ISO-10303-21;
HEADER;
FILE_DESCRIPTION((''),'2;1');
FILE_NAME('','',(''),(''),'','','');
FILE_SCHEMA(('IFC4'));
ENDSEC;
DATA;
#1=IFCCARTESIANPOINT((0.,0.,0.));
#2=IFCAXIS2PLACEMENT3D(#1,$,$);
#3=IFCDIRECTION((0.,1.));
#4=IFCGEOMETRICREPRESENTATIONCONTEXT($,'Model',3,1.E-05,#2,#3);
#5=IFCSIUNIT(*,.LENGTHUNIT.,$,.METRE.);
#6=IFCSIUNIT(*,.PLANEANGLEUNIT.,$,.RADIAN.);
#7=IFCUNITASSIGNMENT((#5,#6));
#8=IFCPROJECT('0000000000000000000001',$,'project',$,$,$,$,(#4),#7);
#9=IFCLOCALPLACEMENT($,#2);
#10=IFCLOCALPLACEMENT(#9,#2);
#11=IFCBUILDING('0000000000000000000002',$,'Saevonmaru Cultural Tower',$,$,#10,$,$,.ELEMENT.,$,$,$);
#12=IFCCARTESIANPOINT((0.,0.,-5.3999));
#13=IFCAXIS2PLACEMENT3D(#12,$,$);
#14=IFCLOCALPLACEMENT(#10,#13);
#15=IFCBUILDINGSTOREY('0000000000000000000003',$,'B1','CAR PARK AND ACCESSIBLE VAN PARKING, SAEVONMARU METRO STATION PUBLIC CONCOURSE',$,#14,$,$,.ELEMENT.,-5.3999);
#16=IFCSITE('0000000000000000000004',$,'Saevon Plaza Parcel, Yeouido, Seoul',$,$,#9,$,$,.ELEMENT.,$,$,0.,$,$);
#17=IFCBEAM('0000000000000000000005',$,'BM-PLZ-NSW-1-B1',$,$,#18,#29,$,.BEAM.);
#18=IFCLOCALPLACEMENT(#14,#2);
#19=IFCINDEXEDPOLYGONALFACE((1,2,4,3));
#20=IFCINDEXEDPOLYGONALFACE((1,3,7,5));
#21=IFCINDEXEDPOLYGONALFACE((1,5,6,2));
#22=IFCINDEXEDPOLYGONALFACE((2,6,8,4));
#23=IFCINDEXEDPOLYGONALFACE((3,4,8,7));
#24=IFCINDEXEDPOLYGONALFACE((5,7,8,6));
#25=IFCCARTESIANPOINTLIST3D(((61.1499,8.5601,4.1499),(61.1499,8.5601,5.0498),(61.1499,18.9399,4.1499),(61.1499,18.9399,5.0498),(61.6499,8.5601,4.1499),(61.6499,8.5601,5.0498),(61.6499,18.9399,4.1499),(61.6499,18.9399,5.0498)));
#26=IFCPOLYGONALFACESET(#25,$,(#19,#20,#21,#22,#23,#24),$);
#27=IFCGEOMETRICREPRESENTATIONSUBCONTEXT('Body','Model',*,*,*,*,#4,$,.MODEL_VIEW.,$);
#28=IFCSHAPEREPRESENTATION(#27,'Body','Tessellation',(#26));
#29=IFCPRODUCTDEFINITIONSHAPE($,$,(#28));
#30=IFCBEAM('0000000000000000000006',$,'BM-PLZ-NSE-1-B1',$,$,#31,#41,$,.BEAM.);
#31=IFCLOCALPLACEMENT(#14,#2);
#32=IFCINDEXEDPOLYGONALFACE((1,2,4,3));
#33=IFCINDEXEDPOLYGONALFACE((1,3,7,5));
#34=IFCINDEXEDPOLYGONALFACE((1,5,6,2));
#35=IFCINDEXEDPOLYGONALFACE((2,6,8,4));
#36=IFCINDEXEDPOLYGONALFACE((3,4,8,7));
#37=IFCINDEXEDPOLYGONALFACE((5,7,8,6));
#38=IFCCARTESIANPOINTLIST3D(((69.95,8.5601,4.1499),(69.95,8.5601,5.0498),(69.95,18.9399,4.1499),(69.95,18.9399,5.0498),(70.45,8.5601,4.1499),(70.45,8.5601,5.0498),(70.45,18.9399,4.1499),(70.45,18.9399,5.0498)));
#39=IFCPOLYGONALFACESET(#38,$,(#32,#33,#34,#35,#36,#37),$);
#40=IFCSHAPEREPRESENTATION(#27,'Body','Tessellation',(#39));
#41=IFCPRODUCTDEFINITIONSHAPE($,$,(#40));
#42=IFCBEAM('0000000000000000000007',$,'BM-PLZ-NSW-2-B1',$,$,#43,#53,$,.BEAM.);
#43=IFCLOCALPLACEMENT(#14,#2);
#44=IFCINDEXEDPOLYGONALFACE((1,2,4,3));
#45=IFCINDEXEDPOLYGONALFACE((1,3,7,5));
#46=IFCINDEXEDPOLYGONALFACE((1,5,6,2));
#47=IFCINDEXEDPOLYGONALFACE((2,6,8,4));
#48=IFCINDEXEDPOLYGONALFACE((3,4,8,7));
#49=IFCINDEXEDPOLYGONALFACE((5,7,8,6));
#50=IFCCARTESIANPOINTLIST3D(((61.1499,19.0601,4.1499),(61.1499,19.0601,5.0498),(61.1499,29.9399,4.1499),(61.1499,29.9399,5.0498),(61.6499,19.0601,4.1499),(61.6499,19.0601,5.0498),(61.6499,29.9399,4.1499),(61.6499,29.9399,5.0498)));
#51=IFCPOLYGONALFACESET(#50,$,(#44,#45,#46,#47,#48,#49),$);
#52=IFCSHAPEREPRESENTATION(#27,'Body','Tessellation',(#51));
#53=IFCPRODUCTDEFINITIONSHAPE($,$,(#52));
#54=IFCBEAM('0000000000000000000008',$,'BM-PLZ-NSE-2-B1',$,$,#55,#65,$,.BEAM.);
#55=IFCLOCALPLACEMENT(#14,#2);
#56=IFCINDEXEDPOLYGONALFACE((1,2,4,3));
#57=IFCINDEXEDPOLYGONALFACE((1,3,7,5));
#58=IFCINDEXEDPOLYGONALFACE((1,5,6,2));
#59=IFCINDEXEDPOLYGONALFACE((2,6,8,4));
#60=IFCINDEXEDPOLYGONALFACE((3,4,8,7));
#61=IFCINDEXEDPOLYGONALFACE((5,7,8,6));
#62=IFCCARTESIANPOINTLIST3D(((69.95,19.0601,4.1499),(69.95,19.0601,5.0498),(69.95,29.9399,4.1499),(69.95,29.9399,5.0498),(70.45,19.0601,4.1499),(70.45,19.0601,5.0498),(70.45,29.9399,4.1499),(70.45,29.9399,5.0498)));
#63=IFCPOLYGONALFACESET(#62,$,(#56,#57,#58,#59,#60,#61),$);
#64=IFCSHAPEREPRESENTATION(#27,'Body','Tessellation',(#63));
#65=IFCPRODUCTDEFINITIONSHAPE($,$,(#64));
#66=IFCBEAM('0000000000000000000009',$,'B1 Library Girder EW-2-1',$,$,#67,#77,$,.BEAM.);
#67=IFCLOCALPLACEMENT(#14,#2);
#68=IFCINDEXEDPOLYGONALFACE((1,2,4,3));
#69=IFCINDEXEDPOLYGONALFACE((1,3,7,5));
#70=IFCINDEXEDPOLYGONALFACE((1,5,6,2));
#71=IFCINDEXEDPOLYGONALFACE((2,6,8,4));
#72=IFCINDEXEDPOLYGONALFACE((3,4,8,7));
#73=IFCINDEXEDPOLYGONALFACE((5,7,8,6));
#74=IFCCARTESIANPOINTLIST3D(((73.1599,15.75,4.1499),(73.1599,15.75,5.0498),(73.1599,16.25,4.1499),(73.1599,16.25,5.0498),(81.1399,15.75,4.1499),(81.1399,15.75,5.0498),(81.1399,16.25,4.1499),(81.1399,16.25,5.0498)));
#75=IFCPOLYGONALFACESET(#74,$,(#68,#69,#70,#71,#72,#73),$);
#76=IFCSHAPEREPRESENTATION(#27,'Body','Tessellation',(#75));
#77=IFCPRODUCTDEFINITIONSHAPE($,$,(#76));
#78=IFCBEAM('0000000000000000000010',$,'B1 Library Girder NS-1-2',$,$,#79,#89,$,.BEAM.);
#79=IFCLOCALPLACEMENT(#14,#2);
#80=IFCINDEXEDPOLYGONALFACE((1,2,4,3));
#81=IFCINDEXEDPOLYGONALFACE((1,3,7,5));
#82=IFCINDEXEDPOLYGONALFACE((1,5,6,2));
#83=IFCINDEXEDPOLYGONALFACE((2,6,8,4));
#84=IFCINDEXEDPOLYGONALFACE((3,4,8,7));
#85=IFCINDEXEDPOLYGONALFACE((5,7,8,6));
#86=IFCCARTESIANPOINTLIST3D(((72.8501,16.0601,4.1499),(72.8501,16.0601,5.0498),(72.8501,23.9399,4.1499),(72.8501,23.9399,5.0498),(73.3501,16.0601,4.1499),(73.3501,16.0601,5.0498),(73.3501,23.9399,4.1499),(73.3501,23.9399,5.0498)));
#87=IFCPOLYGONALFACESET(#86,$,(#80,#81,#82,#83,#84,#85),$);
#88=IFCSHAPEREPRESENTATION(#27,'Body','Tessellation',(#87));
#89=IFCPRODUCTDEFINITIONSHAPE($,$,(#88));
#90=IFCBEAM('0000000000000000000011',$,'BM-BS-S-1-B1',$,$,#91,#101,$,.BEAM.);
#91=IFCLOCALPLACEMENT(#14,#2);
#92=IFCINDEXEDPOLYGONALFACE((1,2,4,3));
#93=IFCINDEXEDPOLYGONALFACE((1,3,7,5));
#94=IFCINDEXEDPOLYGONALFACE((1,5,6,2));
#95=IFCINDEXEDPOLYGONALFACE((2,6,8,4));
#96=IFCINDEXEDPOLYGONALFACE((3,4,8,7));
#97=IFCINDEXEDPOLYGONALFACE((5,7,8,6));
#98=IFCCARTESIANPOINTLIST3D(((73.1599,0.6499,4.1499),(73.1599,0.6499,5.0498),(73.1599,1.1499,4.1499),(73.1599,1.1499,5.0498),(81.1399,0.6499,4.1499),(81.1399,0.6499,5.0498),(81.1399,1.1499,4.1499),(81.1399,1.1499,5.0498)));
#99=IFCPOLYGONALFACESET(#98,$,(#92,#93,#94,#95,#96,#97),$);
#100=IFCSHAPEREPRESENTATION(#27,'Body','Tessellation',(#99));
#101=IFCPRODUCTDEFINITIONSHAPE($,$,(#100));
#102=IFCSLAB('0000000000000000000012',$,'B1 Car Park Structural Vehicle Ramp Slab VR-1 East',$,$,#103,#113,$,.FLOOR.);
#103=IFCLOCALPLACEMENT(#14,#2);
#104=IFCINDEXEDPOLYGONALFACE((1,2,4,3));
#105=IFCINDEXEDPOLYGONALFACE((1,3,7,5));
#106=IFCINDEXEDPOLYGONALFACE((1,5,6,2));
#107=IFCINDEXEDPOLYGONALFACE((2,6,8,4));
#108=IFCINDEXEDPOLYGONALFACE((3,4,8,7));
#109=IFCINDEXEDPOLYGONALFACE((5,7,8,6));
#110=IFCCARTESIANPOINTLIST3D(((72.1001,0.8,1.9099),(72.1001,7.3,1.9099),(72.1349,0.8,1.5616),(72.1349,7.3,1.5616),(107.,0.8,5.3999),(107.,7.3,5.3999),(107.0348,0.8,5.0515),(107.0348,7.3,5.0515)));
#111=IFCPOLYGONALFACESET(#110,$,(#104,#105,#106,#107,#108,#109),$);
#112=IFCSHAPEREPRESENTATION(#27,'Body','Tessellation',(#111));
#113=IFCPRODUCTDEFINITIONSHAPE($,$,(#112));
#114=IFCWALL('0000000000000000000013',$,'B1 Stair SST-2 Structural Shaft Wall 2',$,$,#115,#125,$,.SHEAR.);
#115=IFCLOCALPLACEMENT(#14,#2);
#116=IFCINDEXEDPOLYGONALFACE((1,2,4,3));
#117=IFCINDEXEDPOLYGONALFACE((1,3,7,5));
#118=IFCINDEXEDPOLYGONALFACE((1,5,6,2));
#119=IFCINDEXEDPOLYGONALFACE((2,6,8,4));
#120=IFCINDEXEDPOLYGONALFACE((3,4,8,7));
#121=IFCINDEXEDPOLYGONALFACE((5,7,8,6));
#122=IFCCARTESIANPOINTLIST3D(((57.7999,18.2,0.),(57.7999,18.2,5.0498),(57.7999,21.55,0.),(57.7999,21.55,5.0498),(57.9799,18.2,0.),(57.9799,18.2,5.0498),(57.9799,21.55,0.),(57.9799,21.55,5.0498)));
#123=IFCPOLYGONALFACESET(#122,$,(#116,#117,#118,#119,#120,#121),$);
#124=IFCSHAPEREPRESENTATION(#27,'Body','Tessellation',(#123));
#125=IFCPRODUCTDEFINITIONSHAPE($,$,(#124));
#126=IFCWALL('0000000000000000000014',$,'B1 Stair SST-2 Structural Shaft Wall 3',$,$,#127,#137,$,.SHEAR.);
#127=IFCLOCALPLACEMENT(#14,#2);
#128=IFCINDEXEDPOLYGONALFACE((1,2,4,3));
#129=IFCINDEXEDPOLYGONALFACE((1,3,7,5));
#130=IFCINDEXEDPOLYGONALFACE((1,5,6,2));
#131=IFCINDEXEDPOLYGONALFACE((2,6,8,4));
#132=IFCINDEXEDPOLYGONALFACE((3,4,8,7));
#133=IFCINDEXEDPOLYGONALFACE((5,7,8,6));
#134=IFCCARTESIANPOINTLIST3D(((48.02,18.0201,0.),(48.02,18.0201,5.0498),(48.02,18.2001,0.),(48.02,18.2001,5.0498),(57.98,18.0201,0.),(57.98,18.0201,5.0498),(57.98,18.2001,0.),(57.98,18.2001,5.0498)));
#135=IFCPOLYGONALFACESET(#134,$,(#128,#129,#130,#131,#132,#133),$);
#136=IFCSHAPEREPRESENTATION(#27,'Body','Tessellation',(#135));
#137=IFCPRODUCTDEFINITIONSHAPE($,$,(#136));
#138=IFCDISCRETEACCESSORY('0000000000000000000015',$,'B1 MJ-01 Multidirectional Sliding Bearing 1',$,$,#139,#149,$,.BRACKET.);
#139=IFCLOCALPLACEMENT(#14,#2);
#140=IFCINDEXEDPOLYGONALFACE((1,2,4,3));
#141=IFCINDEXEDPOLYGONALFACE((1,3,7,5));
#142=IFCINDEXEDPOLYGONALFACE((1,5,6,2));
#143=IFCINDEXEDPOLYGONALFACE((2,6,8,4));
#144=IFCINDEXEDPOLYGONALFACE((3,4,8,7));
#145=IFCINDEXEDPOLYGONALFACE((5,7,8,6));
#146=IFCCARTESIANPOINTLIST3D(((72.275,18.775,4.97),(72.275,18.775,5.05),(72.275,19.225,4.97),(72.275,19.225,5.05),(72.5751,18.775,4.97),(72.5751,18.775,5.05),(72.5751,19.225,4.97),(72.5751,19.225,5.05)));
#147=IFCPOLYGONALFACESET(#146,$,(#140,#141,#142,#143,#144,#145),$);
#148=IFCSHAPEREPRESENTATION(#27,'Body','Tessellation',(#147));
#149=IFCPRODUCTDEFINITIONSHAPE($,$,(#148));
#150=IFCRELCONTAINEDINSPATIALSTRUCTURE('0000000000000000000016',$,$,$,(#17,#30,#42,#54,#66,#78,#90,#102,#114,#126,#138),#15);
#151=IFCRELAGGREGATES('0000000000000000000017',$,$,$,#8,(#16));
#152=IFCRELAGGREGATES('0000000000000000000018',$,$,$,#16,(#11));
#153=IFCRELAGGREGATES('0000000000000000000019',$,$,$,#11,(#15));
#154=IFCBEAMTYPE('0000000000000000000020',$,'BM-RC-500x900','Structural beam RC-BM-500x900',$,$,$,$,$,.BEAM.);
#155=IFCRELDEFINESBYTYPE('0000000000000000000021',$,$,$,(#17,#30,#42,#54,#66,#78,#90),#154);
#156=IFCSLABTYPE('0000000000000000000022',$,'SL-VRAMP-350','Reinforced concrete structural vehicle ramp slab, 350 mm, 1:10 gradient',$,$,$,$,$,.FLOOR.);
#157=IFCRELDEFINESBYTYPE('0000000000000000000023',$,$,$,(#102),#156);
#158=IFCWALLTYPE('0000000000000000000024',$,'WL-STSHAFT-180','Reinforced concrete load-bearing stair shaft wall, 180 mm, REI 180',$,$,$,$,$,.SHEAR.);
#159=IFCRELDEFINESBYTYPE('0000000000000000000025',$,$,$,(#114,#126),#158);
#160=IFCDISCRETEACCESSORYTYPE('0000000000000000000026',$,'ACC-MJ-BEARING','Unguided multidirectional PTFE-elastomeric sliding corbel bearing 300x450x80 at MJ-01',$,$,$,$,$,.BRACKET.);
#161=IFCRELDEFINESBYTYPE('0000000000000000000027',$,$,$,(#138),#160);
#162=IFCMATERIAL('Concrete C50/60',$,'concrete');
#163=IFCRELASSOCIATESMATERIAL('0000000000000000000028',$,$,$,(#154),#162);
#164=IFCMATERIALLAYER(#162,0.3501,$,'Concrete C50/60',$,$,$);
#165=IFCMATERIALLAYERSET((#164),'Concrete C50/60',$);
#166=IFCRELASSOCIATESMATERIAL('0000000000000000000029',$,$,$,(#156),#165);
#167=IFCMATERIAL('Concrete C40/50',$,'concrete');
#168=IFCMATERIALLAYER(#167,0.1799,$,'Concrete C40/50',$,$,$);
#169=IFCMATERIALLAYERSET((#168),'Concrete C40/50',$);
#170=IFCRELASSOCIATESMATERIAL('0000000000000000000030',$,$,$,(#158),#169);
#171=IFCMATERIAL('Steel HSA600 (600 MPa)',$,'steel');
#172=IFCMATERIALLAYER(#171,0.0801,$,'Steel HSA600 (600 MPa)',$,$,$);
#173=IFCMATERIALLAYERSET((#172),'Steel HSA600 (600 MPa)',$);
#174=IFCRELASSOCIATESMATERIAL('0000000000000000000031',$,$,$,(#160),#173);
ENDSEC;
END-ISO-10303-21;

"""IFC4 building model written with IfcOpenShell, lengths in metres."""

from ifc_helpers import new_model, si_unit, direction, frame, frame_2d, origin, origin_2d, place, context, subcontext, project, spatial, polyline, rectangle, outline, extrude, material, layer, layer_set, material_profile, profile_set, type_object, element, save


model = new_model("IFC4")

# Units and contexts
model_context = context("Model", 3, precision=1e-05, world=origin(), true_north=direction((0.0, 1.0)))
body_context = subcontext(model_context, "Body", "Model", "MODEL_VIEW")
ifc_project = project(units=[si_unit("LENGTHUNIT", "METRE"), si_unit("PLANEANGLEUNIT", "RADIAN")], contexts=[model_context])

# Site, building, storey
site_placement = place(None, origin())
site = spatial("IfcSite", under=ifc_project, at=site_placement, Name="Saevon Plaza Parcel, Yeouido, Seoul", CompositionType="ELEMENT", RefElevation=0.0)
building_placement = place(site_placement, origin())
building = spatial("IfcBuilding", under=site, at=building_placement, Name="Saevonmaru Cultural Tower", CompositionType="ELEMENT")
storey_placement = place(building_placement, frame((0.0, 0.0, -5.3999)))
storey = spatial("IfcBuildingStorey", under=building, at=storey_placement, Name="B1", Description="CAR PARK AND ACCESSIBLE VAN PARKING, SAEVONMARU METRO STATION PUBLIC CONCOURSE", CompositionType="ELEMENT", Elevation=-5.3999)

# Shared definitions
ifc_material_1 = material(Name="Concrete C50/60", Category="concrete")

# Beams
ifc_material_profile_1 = material_profile(ifc_material_1, rectangle(XDim=0.5, YDim=0.8999, at=origin_2d()), Name="RC-BM-500x900")
ifc_profile_set_1 = profile_set([ifc_material_profile_1], Name="Concrete C50/60")
beam_type_1 = type_object("IfcBeamType", Name="BM-RC-500x900", Description="Structural beam RC-BM-500x900", PredefinedType="BEAM", material=ifc_profile_set_1)
for number, where, z_axis, x_axis, name in (
    (1, (61.3999, 8.5601, 4.5999), (0.0, 1.0, 0.0), (-1.0, 0.0, 0.0), "BM-PLZ-NSW-1-B1"),
    (2, (70.2, 8.5601, 4.5999), (0.0, 1.0, 0.0), (-1.0, 0.0, 0.0), "BM-PLZ-NSE-1-B1"),
):
    element("IfcBeam", number, at=place(storey_placement, frame(where, z_axis=z_axis, x_axis=x_axis)), inside=storey, type_object=beam_type_1, Name=name, PredefinedType="BEAM", context=body_context, shape_type="SweptSolid", body=[
        extrude(rectangle(XDim=0.5, YDim=0.8999, at=origin_2d()), origin(), (0.0, 0.0, 1.0), 10.3799),
    ])
for number, where, z_axis, x_axis, name in (
    (3, (61.3999, 19.0601, 4.5999), (0.0, 1.0, 0.0), (-1.0, 0.0, 0.0), "BM-PLZ-NSW-2-B1"),
    (4, (70.2, 19.0601, 4.5999), (0.0, 1.0, 0.0), (-1.0, 0.0, 0.0), "BM-PLZ-NSE-2-B1"),
):
    element("IfcBeam", number, at=place(storey_placement, frame(where, z_axis=z_axis, x_axis=x_axis)), inside=storey, type_object=beam_type_1, Name=name, PredefinedType="BEAM", context=body_context, shape_type="SweptSolid", body=[
        extrude(rectangle(XDim=0.5, YDim=0.8999, at=origin_2d()), origin(), (0.0, 0.0, 1.0), 10.8799),
    ])
beam_1_placement = place(storey_placement, frame((73.1599, 16.0, 4.5999), z_axis=(1.0, 0.0, 0.0), x_axis=(0.0, 1.0, 0.0)))
element("IfcBeam", 5, at=beam_1_placement, inside=storey, type_object=beam_type_1, Name="B1 Library Girder EW-2-1", PredefinedType="BEAM", context=body_context, shape_type="SweptSolid", body=[
    extrude(rectangle(XDim=0.5, YDim=0.8999, at=origin_2d()), origin(), (0.0, 0.0, 1.0), 7.98),
])
beam_2_placement = place(storey_placement, frame((73.1001, 16.0601, 4.5999), z_axis=(0.0, 1.0, 0.0), x_axis=(-1.0, 0.0, 0.0)))
element("IfcBeam", 6, at=beam_2_placement, inside=storey, type_object=beam_type_1, Name="B1 Library Girder NS-1-2", PredefinedType="BEAM", context=body_context, shape_type="SweptSolid", body=[
    extrude(rectangle(XDim=0.5, YDim=0.8999, at=origin_2d()), origin(), (0.0, 0.0, 1.0), 7.8799),
])
beam_3_placement = place(storey_placement, frame((73.1599, 0.8999, 4.5999), z_axis=(1.0, 0.0, 0.0), x_axis=(0.0, 1.0, 0.0)))
element("IfcBeam", 7, at=beam_3_placement, inside=storey, type_object=beam_type_1, Name="BM-BS-S-1-B1", PredefinedType="BEAM", context=body_context, shape_type="SweptSolid", body=[
    extrude(rectangle(XDim=0.5, YDim=0.8999, at=origin_2d()), origin(), (0.0, 0.0, 1.0), 7.98),
])

# Slab
ifc_layer_1 = layer(ifc_material_1, 0.3501, Name="Concrete C50/60")
ifc_layer_set_1 = layer_set([ifc_layer_1], Name="Concrete C50/60")
slab_type = type_object("IfcSlabType", Name="SL-VRAMP-350", Description="Reinforced concrete structural vehicle ramp slab, 350 mm, 1:10 gradient", PredefinedType="FLOOR", material=ifc_layer_set_1)
slab_placement = place(storey_placement, frame((72.1001, 0.8, 1.9099), z_axis=(-0.099504, 0.0, 0.995037), x_axis=(0.995037, 0.0, 0.099504)))
element("IfcSlab", 8, at=slab_placement, inside=storey, type_object=slab_type, Name="B1 Car Park Structural Vehicle Ramp Slab VR-1 East", PredefinedType="FLOOR", context=body_context, shape_type="SweptSolid", body=[
    extrude(outline(polyline([(0.0, 0.0), (35.074, 0.0), (35.074, 6.5), (0.0, 6.5), (0.0, 0.0)])), origin(), (0.0, 0.0, -1.0), 0.3501),
])

# Walls
ifc_material_2 = material(Name="Concrete C40/50", Category="concrete")
ifc_layer_2 = layer(ifc_material_2, 0.1799, Name="Concrete C40/50")
ifc_layer_set_2 = layer_set([ifc_layer_2], Name="Concrete C40/50")
wall_type = type_object("IfcWallType", Name="WL-STSHAFT-180", Description="Reinforced concrete load-bearing stair shaft wall, 180 mm, REI 180", PredefinedType="SHEAR", material=ifc_layer_set_2)
wall_1_placement = place(storey_placement, frame((57.8899, 21.55, 0.0), z_axis=(0.0, 0.0, 1.0), x_axis=(0.0, -1.0, 0.0)))
element("IfcWall", 9, at=wall_1_placement, inside=storey, type_object=wall_type, Name="B1 Stair SST-2 Structural Shaft Wall 2", PredefinedType="SHEAR", context=body_context, shape_type="SweptSolid", body=[
    extrude(rectangle(XDim=3.3501, YDim=0.1799, at=frame_2d((1.675, 0.0))), origin(), (0.0, 0.0, 1.0), 5.0498),
])
wall_2_placement = place(storey_placement, frame((57.98, 18.1101, 0.0), z_axis=(0.0, 0.0, 1.0), x_axis=(-1.0, 0.0, 0.0)))
element("IfcWall", 10, at=wall_2_placement, inside=storey, type_object=wall_type, Name="B1 Stair SST-2 Structural Shaft Wall 3", PredefinedType="SHEAR", context=body_context, shape_type="SweptSolid", body=[
    extrude(rectangle(XDim=9.96, YDim=0.1799, at=frame_2d((4.98, 0.0))), origin(), (0.0, 0.0, 1.0), 5.0498),
])

# Discrete accessory
ifc_material_3 = material(Name="Steel HSA600 (600 MPa)", Category="steel")
ifc_layer_3 = layer(ifc_material_3, 0.0801, Name="Steel HSA600 (600 MPa)")
ifc_layer_set_3 = layer_set([ifc_layer_3], Name="Steel HSA600 (600 MPa)")
discrete_accessory_type = type_object("IfcDiscreteAccessoryType", Name="ACC-MJ-BEARING", Description="Unguided multidirectional PTFE-elastomeric sliding corbel bearing 300x450x80 at MJ-01", PredefinedType="BRACKET", material=ifc_layer_set_3)
discrete_accessory_placement = place(storey_placement, frame((72.425, 19.0, 4.97), z_axis=(0.0, 0.0, 1.0), x_axis=(1.0, 0.0, 0.0)))
element("IfcDiscreteAccessory", 11, at=discrete_accessory_placement, inside=storey, type_object=discrete_accessory_type, Name="B1 MJ-01 Multidirectional Sliding Bearing 1", PredefinedType="BRACKET", context=body_context, shape_type="SweptSolid", body=[
    extrude(rectangle(XDim=0.3, YDim=0.45, at=origin_2d()), origin(), (0.0, 0.0, 1.0), 0.0801),
])

save(model, "model.ifc")
